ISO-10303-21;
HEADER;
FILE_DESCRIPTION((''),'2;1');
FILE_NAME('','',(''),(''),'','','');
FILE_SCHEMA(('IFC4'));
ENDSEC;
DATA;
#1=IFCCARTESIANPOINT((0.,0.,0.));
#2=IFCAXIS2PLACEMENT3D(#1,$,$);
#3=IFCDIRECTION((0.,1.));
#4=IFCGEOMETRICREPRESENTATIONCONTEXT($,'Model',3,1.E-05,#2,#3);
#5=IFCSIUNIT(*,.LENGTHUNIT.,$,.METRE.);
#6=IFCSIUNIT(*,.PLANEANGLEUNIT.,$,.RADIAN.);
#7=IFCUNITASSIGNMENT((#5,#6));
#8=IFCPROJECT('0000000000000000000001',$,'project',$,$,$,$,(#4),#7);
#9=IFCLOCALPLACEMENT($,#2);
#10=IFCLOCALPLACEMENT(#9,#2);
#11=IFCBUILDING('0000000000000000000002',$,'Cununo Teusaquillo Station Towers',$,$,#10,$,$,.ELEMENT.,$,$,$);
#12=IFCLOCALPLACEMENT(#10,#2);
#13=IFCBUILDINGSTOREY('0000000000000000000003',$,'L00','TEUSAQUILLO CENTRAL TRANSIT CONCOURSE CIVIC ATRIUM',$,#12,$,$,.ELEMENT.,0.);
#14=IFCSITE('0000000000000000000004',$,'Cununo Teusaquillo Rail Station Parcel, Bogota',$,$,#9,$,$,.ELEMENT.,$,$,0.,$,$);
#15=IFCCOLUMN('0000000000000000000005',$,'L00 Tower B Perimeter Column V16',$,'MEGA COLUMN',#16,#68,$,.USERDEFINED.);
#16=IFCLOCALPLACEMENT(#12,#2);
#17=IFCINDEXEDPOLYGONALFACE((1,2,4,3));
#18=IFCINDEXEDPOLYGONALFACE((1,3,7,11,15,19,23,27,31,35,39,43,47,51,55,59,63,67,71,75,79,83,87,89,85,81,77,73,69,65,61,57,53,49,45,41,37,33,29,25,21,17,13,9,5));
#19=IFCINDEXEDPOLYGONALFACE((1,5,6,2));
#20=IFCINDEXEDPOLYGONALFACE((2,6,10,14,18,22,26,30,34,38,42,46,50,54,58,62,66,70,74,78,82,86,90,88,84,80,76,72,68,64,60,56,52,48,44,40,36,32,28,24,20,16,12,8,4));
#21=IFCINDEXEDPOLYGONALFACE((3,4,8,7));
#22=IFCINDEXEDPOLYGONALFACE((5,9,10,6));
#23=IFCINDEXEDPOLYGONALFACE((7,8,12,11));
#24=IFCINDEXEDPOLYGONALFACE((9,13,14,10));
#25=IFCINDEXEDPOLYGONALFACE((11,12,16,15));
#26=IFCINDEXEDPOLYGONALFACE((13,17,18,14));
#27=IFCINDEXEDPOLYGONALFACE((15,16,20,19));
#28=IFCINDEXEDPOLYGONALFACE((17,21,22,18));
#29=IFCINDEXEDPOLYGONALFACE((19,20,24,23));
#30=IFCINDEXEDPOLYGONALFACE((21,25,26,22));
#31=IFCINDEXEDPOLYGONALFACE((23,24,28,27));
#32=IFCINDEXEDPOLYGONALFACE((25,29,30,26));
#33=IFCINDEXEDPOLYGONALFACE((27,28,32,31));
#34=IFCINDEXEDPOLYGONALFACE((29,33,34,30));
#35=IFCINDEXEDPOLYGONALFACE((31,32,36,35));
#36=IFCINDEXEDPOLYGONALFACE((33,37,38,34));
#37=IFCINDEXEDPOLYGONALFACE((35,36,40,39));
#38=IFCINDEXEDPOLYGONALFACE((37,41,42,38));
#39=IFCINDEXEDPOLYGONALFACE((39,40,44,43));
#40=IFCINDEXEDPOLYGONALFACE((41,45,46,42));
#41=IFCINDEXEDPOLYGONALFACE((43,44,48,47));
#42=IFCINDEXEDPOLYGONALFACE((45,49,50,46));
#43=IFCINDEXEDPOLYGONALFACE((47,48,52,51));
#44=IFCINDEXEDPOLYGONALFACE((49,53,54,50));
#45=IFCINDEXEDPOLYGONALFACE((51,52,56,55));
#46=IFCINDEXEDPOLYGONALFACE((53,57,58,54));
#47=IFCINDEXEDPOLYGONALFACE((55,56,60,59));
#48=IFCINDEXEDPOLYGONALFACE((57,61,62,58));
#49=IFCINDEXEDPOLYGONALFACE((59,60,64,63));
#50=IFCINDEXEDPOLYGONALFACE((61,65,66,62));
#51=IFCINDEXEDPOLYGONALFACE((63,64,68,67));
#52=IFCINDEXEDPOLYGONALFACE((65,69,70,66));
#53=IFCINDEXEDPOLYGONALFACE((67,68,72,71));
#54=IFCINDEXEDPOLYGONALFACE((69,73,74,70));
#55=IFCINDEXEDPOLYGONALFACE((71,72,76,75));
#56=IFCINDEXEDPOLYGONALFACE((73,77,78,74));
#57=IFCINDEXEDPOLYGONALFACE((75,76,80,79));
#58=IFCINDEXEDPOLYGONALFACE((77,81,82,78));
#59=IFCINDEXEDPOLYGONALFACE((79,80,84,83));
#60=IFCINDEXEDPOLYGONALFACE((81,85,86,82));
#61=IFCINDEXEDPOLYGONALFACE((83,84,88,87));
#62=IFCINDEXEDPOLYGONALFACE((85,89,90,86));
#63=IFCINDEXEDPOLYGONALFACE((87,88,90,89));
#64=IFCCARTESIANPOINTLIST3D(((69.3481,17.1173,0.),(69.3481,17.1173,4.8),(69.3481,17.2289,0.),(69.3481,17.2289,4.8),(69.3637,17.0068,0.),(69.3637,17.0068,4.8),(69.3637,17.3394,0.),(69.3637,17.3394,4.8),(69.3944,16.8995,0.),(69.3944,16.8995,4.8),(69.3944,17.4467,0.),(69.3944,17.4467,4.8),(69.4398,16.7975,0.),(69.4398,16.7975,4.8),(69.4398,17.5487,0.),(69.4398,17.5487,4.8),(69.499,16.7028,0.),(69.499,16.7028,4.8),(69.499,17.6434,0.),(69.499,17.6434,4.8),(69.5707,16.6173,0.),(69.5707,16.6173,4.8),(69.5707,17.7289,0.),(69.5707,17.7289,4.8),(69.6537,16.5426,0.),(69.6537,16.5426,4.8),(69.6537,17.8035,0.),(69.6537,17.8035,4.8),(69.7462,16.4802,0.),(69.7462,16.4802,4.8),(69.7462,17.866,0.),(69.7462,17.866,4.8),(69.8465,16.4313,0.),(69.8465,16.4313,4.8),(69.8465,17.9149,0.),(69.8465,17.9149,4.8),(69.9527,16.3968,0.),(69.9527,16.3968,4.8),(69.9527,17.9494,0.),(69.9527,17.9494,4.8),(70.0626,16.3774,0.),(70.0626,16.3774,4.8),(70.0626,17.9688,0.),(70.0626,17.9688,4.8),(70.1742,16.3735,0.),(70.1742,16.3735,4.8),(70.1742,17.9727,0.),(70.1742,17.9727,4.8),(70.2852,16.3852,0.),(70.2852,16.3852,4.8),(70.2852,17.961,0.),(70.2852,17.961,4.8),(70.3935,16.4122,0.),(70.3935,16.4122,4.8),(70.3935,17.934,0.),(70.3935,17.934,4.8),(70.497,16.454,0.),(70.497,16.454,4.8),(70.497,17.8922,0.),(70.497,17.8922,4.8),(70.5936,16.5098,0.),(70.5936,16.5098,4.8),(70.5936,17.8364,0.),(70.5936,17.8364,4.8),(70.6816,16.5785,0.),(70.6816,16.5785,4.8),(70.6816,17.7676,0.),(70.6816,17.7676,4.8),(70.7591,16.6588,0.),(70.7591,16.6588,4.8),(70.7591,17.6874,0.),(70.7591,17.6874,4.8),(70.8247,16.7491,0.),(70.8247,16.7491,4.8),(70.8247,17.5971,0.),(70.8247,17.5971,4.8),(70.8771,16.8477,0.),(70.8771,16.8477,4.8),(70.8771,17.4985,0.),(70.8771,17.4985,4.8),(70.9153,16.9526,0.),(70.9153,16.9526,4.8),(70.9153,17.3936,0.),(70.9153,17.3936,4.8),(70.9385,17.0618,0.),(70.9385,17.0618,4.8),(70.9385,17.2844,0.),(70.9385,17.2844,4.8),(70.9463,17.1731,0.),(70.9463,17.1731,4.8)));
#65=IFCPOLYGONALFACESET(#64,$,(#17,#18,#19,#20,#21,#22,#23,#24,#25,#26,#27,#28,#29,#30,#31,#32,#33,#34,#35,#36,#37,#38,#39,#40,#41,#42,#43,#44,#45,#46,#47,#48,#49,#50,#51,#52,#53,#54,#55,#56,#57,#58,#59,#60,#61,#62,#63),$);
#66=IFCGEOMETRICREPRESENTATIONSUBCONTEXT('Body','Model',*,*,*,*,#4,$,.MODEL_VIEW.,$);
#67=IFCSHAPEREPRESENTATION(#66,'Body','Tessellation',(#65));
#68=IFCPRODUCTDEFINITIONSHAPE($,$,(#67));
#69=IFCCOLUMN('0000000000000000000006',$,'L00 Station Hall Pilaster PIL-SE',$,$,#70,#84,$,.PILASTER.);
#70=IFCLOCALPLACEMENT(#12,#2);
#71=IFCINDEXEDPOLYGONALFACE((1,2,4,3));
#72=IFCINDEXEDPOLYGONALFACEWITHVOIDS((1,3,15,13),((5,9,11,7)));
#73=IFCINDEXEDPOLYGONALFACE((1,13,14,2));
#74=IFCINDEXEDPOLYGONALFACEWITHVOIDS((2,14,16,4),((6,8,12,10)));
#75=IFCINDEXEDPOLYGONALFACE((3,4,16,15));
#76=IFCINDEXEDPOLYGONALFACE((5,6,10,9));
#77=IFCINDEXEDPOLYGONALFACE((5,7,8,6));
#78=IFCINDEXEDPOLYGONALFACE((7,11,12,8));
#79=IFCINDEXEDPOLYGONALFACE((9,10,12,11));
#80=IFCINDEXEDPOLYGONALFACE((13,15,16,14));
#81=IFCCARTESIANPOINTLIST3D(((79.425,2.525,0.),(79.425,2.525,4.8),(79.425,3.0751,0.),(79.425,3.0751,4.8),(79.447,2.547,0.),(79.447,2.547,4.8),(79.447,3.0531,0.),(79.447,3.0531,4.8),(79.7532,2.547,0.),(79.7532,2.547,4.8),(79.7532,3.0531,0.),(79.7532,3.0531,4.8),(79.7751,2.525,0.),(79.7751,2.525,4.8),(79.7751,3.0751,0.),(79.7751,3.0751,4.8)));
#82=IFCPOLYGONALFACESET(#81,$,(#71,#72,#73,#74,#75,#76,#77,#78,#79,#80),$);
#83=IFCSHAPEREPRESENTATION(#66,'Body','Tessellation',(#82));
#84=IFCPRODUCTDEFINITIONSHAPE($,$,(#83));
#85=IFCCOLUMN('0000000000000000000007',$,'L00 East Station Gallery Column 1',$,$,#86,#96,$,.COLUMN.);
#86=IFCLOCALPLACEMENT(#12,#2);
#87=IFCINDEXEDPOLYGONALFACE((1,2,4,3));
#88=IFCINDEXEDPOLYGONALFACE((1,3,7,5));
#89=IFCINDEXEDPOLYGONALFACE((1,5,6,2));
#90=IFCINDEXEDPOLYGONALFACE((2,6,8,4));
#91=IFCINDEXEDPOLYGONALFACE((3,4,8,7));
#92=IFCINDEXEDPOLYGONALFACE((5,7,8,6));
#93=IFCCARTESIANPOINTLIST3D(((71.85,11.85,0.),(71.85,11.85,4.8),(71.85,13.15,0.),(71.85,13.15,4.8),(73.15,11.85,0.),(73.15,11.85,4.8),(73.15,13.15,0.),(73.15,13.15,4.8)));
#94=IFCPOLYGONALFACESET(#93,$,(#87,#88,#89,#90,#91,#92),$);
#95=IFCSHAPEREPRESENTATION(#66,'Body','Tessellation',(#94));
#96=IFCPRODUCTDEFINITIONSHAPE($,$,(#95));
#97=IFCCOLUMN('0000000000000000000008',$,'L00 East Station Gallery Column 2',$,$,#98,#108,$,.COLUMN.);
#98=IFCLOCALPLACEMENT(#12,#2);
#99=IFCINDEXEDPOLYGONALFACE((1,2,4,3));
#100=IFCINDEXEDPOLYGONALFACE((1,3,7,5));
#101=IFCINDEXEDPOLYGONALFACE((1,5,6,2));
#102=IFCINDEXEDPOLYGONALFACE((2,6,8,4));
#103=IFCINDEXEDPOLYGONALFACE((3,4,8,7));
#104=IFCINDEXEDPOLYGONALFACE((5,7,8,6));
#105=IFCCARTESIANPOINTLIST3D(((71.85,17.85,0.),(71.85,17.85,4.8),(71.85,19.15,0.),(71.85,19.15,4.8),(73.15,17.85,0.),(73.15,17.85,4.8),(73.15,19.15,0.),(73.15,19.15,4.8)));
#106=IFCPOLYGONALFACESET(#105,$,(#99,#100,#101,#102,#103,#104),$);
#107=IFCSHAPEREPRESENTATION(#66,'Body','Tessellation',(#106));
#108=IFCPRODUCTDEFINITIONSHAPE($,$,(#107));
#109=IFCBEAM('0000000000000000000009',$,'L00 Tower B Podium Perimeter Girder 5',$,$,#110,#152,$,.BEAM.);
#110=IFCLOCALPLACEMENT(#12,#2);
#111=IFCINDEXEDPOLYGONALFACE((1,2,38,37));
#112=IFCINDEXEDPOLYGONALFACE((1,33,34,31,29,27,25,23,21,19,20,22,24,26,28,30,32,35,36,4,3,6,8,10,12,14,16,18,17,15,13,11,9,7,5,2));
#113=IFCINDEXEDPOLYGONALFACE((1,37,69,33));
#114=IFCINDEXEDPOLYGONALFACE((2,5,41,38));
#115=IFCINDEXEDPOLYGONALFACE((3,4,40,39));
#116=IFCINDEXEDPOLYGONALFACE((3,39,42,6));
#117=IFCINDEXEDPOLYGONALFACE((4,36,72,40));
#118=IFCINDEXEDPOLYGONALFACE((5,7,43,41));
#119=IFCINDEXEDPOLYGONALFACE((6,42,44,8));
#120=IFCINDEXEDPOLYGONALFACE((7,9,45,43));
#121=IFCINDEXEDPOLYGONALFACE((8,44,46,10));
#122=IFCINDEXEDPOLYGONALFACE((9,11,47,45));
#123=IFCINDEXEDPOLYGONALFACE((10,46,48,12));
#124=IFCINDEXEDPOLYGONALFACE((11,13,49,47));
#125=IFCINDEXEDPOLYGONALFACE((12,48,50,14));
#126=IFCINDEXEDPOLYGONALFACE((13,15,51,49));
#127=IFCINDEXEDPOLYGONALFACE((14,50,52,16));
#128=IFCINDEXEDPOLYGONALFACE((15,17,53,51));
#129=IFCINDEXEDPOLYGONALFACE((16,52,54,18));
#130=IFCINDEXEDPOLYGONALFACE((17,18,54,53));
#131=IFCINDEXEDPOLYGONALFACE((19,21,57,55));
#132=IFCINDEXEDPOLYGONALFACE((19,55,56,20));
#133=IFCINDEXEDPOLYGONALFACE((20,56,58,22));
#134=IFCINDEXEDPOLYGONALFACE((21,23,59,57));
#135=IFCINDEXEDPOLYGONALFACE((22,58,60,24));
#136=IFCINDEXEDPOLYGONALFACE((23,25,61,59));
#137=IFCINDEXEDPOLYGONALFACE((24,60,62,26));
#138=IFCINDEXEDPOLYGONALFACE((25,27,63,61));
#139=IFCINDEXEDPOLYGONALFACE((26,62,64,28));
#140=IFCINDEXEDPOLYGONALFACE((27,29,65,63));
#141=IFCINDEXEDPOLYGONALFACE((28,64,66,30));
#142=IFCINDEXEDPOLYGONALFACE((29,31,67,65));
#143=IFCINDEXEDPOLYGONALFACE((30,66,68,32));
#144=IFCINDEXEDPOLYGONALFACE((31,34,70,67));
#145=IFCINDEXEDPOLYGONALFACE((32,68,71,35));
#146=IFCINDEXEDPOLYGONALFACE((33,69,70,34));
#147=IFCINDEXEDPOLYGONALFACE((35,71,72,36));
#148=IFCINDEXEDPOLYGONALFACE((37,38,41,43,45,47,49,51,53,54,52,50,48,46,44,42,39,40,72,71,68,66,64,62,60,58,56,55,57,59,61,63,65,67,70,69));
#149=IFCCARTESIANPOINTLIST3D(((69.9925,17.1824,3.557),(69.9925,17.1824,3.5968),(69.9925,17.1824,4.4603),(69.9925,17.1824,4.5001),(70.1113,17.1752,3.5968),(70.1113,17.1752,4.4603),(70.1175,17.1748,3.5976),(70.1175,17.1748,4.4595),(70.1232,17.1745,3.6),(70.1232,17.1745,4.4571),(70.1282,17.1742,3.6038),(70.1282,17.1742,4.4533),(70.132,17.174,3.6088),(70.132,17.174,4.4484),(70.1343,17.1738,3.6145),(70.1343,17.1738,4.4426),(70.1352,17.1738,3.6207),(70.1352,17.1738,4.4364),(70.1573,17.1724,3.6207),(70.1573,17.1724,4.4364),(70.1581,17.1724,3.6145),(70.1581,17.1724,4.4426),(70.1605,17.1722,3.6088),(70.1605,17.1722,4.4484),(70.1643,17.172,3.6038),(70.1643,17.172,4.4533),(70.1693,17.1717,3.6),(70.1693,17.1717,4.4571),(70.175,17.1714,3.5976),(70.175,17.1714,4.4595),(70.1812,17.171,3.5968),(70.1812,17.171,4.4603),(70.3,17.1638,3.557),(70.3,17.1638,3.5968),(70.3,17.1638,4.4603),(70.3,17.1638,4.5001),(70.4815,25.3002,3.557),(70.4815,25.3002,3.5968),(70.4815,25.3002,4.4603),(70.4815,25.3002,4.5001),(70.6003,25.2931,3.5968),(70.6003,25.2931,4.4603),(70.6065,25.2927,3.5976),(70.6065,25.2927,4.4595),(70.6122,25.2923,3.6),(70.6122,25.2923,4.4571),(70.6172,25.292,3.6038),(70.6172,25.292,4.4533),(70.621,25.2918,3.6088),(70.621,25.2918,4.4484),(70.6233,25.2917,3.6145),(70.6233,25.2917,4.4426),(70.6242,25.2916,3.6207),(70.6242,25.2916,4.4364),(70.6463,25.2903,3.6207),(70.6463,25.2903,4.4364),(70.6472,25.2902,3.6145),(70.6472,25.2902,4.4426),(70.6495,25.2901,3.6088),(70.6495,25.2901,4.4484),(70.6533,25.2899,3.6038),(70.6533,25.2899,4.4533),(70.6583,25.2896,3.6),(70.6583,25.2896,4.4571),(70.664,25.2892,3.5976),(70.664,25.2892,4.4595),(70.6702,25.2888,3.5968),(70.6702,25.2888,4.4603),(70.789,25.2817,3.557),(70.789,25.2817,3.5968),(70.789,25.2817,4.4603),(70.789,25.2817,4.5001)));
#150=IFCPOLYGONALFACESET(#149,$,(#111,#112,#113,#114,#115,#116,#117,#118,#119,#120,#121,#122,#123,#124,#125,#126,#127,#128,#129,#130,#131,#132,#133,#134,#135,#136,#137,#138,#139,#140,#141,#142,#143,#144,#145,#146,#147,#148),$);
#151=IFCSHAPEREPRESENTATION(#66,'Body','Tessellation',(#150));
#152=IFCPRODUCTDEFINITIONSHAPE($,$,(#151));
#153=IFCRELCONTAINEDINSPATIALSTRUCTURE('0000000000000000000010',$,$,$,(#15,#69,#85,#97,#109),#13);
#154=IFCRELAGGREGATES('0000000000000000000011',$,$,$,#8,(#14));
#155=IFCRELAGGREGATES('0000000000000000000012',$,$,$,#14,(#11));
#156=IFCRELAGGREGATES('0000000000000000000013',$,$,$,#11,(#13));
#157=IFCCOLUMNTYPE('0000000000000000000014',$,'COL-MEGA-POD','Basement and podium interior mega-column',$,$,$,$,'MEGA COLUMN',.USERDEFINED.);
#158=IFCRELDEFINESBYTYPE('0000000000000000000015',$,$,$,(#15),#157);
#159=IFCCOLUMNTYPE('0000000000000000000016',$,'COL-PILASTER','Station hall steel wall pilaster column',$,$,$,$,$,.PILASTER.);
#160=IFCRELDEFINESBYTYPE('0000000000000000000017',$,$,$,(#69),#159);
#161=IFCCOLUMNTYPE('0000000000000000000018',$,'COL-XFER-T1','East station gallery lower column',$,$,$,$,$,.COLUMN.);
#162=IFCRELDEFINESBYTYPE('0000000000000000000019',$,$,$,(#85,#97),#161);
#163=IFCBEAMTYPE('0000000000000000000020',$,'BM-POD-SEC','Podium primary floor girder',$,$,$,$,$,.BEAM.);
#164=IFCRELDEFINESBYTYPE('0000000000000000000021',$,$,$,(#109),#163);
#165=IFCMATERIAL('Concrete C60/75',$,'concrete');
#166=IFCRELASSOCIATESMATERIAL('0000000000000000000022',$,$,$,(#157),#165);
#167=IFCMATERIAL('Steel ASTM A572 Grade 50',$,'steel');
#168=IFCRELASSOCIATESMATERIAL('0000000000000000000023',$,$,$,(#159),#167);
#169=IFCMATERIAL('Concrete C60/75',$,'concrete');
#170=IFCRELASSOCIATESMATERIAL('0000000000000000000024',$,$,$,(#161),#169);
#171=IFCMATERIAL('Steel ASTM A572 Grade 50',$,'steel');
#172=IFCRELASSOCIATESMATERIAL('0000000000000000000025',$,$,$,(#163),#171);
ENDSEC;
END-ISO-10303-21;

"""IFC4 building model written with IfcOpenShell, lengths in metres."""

from ifc_helpers import new_model, si_unit, direction, frame, origin, origin_2d, place, context, subcontext, project, spatial, rectangle, hollow_rectangle, circle, i_section, extrude, material, material_profile, profile_set, type_object, element, save


model = new_model("IFC4")

# Units and contexts
model_context = context("Model", 3, precision=1e-05, world=origin(), true_north=direction((0.0, 1.0)))
body_context = subcontext(model_context, "Body", "Model", "MODEL_VIEW")
ifc_project = project(units=[si_unit("LENGTHUNIT", "METRE"), si_unit("PLANEANGLEUNIT", "RADIAN")], contexts=[model_context])

# Site, building, storey
site_placement = place(None, origin())
site = spatial("IfcSite", under=ifc_project, at=site_placement, Name="Cununo Teusaquillo Rail Station Parcel, Bogota", CompositionType="ELEMENT", RefElevation=0.0)
building_placement = place(site_placement, origin())
building = spatial("IfcBuilding", under=site, at=building_placement, Name="Cununo Teusaquillo Station Towers", CompositionType="ELEMENT")
storey_placement = place(building_placement, origin())
storey = spatial("IfcBuildingStorey", under=building, at=storey_placement, Name="L00", Description="TEUSAQUILLO CENTRAL TRANSIT CONCOURSE CIVIC ATRIUM", CompositionType="ELEMENT", Elevation=0.0)

# Columns
ifc_material_1 = material(Name="Concrete C60/75", Category="concrete")
ifc_material_profile_1 = material_profile(ifc_material_1, circle(Radius=0.8, at=origin_2d()), Name="RC-CIRC-1600")
ifc_profile_set_1 = profile_set([ifc_material_profile_1], Name="Concrete C60/75")
column_type_1 = type_object("IfcColumnType", Name="COL-MEGA-POD", Description="Basement and podium interior mega-column", ElementType="MEGA COLUMN", PredefinedType="USERDEFINED", material=ifc_profile_set_1)
column_1_placement = place(storey_placement, frame((70.1462, 17.1731, 0.0), z_axis=(0.0, 0.0, 1.0), x_axis=(1.0, 0.0, 0.0)))
element("IfcColumn", 1, at=column_1_placement, inside=storey, type_object=column_type_1, Name="L00 Tower B Perimeter Column V16", ObjectType="MEGA COLUMN", PredefinedType="USERDEFINED", context=body_context, shape_type="SweptSolid", body=[
    extrude(circle(Radius=0.8, at=origin_2d()), origin(), (0.0, 0.0, 1.0), 4.8),
])
ifc_material_2 = material(Name="Steel ASTM A572 Grade 50", Category="steel")
ifc_material_profile_2 = material_profile(ifc_material_2, hollow_rectangle(XDim=0.3501, YDim=0.55, WallThickness=0.022, at=origin_2d()), Name="RHS 550x350x22")
ifc_profile_set_2 = profile_set([ifc_material_profile_2], Name="Steel ASTM A572 Grade 50")
column_type_2 = type_object("IfcColumnType", Name="COL-PILASTER", Description="Station hall steel wall pilaster column", PredefinedType="PILASTER", material=ifc_profile_set_2)
column_2_placement = place(storey_placement, frame((79.6001, 2.8, 0.0), z_axis=(0.0, 0.0, 1.0), x_axis=(1.0, 0.0, 0.0)))
element("IfcColumn", 2, at=column_2_placement, inside=storey, type_object=column_type_2, Name="L00 Station Hall Pilaster PIL-SE", PredefinedType="PILASTER", context=body_context, shape_type="SweptSolid", body=[
    extrude(hollow_rectangle(XDim=0.3501, YDim=0.55, WallThickness=0.022, at=origin_2d()), origin(), (0.0, 0.0, 1.0), 4.8),
])
ifc_material_3 = material(Name="Concrete C60/75", Category="concrete")
ifc_material_profile_3 = material_profile(ifc_material_3, rectangle(XDim=1.3, YDim=1.3, at=origin_2d()), Name="RC-RECT-1300x1300")
ifc_profile_set_3 = profile_set([ifc_material_profile_3], Name="Concrete C60/75")
column_type_3 = type_object("IfcColumnType", Name="COL-XFER-T1", Description="East station gallery lower column", PredefinedType="COLUMN", material=ifc_profile_set_3)
for number, where, z_axis, x_axis, name in (
    (3, (72.5, 12.5, 0.0), (0.0, 0.0, 1.0), (1.0, 0.0, 0.0), "L00 East Station Gallery Column 1"),
    (4, (72.5, 18.5, 0.0), (0.0, 0.0, 1.0), (1.0, 0.0, 0.0), "L00 East Station Gallery Column 2"),
):
    element("IfcColumn", number, at=place(storey_placement, frame(where, z_axis=z_axis, x_axis=x_axis)), inside=storey, type_object=column_type_3, Name=name, PredefinedType="COLUMN", context=body_context, shape_type="SweptSolid", body=[
        extrude(rectangle(XDim=1.3, YDim=1.3, at=origin_2d()), origin(), (0.0, 0.0, 1.0), 4.8),
    ])

# Beam
ifc_material_4 = material(Name="Steel ASTM A572 Grade 50", Category="steel")
ifc_material_profile_4 = material_profile(ifc_material_4, i_section(OverallWidth=0.3081, OverallDepth=0.9431, WebThickness=0.0222, FlangeThickness=0.0398, FilletRadius=0.0239, at=origin_2d()), Name="W36X232")
ifc_profile_set_4 = profile_set([ifc_material_profile_4], Name="Steel ASTM A572 Grade 50")
beam_type = type_object("IfcBeamType", Name="BM-POD-SEC", Description="Podium primary floor girder", PredefinedType="BEAM", material=ifc_profile_set_4)
beam_1_placement = place(storey_placement, frame((70.1462, 17.1731, 4.0286), z_axis=(0.06013, 0.998191, 0.0), x_axis=(-0.998191, 0.06013, 0.0)))
element("IfcBeam", 5, at=beam_1_placement, inside=storey, type_object=beam_type, Name="L00 Tower B Podium Perimeter Girder 5", PredefinedType="BEAM", context=body_context, shape_type="SweptSolid", body=[
    extrude(i_section(OverallWidth=0.3081, OverallDepth=0.9431, WebThickness=0.0222, FlangeThickness=0.0398, FilletRadius=0.0239, at=origin_2d()), origin(), (0.0, 0.0, 1.0), 8.1326),
])

save(model, "model.ifc")
